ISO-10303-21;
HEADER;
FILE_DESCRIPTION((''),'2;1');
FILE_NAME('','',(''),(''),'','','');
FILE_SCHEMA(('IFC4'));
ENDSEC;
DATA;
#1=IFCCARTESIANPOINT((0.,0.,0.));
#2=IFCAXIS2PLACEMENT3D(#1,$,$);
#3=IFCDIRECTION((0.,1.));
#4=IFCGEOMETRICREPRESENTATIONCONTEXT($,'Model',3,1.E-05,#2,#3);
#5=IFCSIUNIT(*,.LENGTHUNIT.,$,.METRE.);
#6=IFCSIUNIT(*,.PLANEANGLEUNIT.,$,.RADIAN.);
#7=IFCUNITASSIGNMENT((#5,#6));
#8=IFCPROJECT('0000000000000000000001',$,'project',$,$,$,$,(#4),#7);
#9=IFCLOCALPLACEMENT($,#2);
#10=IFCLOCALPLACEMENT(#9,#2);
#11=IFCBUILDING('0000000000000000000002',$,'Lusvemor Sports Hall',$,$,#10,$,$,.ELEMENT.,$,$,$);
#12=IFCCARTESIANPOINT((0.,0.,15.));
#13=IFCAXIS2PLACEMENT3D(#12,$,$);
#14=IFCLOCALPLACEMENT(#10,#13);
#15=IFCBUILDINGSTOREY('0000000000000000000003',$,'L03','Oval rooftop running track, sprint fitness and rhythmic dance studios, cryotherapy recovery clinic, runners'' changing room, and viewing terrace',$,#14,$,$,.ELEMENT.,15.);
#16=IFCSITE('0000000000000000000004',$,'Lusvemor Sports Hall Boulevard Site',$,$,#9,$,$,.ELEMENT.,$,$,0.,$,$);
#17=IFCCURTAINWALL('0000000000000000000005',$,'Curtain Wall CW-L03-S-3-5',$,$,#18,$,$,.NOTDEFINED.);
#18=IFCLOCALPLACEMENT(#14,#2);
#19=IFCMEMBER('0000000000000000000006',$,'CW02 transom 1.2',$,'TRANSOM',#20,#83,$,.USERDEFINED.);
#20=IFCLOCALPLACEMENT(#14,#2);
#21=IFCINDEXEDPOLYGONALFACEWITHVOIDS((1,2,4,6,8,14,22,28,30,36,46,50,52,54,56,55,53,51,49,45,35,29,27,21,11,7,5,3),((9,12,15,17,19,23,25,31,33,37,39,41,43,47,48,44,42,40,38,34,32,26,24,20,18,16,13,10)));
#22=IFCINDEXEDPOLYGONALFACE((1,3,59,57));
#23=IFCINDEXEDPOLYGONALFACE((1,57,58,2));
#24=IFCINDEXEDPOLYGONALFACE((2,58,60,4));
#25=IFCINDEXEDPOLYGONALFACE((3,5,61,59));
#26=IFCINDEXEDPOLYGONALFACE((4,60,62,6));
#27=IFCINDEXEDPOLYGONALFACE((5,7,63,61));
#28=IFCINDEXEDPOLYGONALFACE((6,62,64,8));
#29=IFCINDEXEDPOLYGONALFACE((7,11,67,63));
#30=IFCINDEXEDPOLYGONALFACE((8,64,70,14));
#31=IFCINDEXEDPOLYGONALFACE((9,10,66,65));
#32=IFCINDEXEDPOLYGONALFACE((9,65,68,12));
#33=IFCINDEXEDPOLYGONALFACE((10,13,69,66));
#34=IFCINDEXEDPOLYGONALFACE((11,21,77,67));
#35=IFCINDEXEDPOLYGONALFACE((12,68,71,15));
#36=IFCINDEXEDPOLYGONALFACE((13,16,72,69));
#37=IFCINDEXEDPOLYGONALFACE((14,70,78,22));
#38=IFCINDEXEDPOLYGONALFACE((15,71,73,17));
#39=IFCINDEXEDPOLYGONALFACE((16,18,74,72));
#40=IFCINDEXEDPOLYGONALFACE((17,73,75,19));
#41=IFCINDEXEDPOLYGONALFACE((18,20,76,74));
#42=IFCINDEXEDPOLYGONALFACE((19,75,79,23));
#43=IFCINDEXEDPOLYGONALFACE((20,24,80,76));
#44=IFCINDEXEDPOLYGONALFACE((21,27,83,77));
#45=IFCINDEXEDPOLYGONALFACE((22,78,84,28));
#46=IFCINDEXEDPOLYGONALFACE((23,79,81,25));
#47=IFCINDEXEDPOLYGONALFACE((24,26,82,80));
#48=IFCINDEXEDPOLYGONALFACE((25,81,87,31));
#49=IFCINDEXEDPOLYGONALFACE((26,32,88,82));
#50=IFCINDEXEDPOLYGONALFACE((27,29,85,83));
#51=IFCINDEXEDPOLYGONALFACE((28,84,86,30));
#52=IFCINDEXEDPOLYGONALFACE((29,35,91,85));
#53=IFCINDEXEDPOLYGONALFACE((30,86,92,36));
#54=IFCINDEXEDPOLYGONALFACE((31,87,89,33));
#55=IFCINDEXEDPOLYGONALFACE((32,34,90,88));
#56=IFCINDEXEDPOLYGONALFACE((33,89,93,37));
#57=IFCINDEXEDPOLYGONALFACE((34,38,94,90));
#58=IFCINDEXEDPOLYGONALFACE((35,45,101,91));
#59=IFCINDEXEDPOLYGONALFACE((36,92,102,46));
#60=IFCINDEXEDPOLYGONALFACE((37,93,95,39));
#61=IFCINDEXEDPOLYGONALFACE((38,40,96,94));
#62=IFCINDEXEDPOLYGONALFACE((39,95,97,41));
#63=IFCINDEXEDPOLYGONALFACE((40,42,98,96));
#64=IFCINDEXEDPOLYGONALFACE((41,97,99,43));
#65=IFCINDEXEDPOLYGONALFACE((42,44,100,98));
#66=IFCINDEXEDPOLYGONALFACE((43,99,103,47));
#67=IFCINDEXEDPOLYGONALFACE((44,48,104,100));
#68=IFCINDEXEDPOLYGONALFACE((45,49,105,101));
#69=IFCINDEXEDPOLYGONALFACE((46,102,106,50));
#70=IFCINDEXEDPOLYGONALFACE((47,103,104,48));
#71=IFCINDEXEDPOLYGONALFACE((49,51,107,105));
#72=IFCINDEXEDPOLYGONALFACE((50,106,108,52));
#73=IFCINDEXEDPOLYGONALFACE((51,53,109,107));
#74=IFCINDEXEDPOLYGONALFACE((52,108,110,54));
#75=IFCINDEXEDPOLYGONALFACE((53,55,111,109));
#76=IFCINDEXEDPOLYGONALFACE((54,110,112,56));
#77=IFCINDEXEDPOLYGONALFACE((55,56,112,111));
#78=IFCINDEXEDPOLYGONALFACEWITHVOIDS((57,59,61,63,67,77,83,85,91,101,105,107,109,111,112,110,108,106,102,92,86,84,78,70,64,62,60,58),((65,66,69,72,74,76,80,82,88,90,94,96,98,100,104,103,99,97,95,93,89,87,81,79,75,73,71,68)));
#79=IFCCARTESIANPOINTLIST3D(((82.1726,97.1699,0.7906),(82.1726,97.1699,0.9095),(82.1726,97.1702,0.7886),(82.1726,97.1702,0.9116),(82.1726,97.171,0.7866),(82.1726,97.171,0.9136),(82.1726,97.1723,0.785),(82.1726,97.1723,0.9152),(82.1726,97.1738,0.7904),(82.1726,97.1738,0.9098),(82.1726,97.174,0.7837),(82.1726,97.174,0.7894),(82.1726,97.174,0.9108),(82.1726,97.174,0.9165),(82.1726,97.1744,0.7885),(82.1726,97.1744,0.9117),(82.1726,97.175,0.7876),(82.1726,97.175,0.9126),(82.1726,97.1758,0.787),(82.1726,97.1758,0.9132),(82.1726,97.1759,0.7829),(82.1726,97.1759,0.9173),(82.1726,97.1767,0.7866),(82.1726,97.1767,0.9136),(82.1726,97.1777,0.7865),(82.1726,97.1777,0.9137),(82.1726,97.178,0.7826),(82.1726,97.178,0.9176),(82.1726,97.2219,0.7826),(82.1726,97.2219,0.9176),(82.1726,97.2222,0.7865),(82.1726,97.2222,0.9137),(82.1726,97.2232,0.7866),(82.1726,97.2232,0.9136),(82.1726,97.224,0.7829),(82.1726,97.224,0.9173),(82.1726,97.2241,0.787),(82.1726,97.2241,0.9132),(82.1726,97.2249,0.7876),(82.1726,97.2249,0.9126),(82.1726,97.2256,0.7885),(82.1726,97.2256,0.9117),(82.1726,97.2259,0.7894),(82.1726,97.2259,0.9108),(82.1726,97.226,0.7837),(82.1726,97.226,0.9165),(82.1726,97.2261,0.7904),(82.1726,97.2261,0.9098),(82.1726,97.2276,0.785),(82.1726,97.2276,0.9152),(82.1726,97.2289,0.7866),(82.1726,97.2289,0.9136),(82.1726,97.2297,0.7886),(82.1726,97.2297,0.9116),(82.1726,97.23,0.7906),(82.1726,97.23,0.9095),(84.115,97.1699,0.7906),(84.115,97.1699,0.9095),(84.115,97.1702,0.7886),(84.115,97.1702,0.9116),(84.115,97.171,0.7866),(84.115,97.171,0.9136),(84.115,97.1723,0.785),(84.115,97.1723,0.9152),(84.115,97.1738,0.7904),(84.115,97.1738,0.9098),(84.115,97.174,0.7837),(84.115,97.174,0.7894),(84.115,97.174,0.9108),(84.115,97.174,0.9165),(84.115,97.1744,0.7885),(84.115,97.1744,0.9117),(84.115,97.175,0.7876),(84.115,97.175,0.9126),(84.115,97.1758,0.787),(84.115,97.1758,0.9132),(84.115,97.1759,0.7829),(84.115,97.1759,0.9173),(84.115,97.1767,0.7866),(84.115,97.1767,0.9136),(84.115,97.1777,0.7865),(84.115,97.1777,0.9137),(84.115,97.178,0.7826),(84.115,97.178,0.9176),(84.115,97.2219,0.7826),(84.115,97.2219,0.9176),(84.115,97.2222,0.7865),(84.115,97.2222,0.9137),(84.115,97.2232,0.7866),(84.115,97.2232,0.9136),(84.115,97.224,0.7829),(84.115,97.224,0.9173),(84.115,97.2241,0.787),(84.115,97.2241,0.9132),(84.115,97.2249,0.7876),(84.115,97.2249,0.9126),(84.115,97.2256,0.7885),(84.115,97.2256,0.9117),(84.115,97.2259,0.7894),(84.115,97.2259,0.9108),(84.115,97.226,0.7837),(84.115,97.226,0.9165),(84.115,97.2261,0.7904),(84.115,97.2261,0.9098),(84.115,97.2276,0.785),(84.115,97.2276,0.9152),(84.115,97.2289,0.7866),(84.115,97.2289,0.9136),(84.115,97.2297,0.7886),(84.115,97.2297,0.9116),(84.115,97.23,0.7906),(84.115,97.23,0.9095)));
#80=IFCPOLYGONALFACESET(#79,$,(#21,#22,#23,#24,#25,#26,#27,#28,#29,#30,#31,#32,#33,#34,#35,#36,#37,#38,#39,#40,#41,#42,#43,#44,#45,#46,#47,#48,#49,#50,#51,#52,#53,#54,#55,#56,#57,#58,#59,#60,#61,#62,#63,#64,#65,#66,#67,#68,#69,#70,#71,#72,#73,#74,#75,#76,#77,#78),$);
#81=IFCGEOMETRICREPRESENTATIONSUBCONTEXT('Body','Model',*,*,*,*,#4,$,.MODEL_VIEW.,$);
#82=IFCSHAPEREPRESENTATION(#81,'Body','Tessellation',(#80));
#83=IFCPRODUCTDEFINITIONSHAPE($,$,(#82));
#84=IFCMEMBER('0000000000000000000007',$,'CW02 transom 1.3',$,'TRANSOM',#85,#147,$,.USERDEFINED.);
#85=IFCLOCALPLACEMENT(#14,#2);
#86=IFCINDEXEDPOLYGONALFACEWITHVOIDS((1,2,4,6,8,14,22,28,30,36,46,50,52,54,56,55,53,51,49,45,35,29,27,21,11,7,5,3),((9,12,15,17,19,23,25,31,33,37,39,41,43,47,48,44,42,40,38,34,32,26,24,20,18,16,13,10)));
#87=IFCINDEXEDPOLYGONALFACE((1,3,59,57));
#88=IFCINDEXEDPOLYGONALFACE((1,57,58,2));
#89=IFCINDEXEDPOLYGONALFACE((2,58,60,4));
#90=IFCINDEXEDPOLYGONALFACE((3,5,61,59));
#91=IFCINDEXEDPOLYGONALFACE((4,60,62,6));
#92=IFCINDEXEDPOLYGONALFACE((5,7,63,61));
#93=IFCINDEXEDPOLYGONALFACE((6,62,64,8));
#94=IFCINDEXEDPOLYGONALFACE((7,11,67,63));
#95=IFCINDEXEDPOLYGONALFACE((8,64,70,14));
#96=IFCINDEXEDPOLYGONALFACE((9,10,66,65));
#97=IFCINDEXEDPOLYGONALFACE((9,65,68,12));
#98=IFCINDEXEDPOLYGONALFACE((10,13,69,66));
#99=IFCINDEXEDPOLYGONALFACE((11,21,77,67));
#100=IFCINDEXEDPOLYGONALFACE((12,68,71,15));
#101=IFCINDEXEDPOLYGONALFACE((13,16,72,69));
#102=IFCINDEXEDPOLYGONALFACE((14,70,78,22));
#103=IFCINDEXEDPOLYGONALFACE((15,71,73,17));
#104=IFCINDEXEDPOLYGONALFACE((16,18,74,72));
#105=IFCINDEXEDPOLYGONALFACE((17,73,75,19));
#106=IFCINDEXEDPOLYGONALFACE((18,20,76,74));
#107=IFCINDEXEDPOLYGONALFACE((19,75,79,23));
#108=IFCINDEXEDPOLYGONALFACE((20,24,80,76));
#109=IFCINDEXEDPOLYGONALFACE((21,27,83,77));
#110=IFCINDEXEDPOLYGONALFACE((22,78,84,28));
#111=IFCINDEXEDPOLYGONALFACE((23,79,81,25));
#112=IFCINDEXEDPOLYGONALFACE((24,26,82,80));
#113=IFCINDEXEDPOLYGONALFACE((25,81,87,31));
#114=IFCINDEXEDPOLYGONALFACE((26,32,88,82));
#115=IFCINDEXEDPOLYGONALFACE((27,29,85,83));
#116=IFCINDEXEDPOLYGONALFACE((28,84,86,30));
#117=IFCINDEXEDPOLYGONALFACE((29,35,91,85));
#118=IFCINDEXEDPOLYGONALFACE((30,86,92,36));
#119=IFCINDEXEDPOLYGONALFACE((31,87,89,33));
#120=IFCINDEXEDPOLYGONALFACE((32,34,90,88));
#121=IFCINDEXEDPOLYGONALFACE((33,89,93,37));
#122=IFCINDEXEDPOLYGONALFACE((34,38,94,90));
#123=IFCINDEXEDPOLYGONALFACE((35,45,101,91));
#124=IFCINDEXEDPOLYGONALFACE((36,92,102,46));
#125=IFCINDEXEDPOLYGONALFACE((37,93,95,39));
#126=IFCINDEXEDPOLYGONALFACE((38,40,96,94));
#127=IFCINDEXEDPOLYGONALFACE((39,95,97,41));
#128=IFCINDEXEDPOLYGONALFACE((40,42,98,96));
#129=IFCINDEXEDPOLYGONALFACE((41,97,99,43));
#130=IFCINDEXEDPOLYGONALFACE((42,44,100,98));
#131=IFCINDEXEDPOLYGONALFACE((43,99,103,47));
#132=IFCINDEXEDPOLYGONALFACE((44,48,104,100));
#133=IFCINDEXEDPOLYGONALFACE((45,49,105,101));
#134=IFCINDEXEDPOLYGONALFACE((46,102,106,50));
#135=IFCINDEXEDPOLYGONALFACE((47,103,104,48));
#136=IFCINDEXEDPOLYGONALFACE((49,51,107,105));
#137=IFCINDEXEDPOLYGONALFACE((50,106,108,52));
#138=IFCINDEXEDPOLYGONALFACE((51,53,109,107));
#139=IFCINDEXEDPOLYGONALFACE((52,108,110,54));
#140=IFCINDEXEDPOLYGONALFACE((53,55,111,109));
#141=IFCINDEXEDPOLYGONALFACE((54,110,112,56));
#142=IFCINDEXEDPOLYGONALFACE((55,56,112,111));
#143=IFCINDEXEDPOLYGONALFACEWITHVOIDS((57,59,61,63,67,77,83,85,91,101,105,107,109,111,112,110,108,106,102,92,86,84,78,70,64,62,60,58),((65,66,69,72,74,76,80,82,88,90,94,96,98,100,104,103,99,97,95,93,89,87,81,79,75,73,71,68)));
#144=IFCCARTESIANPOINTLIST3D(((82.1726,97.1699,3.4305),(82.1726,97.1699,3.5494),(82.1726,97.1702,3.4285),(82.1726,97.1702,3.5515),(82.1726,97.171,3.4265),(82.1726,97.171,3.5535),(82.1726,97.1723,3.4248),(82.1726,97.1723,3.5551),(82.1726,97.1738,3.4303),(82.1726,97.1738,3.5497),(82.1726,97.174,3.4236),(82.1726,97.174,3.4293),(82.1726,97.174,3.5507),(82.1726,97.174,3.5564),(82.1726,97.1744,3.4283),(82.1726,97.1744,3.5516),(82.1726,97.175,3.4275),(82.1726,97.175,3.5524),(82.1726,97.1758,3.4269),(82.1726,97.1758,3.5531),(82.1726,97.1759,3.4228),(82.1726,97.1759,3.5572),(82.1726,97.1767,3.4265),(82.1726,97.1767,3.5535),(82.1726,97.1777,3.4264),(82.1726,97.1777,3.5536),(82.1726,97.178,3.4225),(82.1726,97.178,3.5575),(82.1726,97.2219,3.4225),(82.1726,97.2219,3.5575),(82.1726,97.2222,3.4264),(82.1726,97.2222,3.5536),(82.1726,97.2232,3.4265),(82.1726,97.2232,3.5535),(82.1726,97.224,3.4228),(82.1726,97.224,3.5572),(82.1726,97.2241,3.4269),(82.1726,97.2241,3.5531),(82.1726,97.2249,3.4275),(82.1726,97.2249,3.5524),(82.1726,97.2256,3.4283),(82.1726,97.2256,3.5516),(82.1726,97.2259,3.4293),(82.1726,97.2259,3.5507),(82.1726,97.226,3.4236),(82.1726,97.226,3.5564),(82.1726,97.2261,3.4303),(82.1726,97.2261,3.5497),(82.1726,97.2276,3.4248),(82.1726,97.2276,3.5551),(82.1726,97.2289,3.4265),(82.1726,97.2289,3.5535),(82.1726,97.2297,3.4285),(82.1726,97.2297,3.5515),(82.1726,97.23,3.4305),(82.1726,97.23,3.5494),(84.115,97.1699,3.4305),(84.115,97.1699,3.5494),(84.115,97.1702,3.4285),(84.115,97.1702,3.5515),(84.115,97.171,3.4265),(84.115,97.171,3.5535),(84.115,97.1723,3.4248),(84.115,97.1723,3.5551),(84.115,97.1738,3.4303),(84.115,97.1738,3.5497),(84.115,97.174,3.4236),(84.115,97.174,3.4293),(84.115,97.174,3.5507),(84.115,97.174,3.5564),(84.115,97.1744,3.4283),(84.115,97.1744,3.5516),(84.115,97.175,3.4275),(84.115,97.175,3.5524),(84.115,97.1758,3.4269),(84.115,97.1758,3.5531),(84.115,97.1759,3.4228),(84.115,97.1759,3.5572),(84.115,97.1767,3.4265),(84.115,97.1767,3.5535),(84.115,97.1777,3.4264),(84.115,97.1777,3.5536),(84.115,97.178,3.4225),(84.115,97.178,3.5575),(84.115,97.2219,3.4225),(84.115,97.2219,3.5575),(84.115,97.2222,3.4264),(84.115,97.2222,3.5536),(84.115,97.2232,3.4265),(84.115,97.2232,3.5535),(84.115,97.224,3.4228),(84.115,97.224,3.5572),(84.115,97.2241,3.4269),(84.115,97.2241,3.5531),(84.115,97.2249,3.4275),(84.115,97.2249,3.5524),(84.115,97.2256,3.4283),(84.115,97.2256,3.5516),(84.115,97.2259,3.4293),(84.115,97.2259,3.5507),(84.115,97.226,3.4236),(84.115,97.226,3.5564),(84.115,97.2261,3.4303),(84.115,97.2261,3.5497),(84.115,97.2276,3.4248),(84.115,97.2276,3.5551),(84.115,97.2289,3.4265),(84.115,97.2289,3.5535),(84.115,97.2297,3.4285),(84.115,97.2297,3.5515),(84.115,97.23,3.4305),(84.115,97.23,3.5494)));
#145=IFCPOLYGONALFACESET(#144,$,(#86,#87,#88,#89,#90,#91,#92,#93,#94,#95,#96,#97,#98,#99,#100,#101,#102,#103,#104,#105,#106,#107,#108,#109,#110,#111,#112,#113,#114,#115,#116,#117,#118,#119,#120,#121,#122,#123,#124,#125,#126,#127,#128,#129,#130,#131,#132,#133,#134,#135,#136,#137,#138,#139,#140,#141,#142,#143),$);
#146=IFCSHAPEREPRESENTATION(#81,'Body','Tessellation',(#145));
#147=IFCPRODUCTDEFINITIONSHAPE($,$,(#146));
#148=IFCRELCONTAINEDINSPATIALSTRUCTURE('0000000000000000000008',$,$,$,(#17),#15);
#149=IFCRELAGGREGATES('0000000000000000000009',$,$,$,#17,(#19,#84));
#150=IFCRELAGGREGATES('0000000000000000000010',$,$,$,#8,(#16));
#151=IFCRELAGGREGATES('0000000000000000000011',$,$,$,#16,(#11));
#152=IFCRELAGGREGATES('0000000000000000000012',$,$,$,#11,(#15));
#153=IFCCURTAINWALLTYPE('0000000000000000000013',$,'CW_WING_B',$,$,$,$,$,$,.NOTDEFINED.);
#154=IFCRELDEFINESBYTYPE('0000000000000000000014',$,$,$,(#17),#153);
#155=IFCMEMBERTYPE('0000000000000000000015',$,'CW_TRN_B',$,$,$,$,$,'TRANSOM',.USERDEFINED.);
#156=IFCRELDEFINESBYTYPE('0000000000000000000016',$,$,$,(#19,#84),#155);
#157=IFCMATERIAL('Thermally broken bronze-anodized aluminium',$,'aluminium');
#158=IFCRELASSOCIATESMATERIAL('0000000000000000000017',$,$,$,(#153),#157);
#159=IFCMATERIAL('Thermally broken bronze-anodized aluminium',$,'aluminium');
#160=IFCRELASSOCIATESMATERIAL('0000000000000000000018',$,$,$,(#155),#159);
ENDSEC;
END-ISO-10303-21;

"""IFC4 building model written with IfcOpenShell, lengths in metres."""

from ifc_helpers import new_model, si_unit, direction, frame, origin, origin_2d, place, context, subcontext, project, spatial, hollow_rectangle, extrude, material, material_profile, profile_set, type_object, element, aggregate, save


model = new_model("IFC4")

# Units and contexts
model_context = context("Model", 3, precision=1e-05, world=origin(), true_north=direction((0.0, 1.0)))
body_context = subcontext(model_context, "Body", "Model", "MODEL_VIEW")
ifc_project = project(units=[si_unit("LENGTHUNIT", "METRE"), si_unit("PLANEANGLEUNIT", "RADIAN")], contexts=[model_context])

# Site, building, storey
site_placement = place(None, origin())
site = spatial("IfcSite", under=ifc_project, at=site_placement, Name="Lusvemor Sports Hall Boulevard Site", CompositionType="ELEMENT", RefElevation=0.0)
building_placement = place(site_placement, origin())
building = spatial("IfcBuilding", under=site, at=building_placement, Name="Lusvemor Sports Hall", CompositionType="ELEMENT")
storey_placement = place(building_placement, frame((0.0, 0.0, 15.0)))
storey = spatial("IfcBuildingStorey", under=building, at=storey_placement, Name="L03", Description="Oval rooftop running track, sprint fitness and rhythmic dance studios, cryotherapy recovery clinic, runners' changing room, and viewing terrace", CompositionType="ELEMENT", Elevation=15.0)

# Shared definitions
ifc_material_1 = material(Name="Thermally broken bronze-anodized aluminium", Category="aluminium")
curtain_wall_type = type_object("IfcCurtainWallType", Name="CW_WING_B", PredefinedType="NOTDEFINED", material=ifc_material_1)

# Curtain wall, members
curtain_wall_1_placement = place(storey_placement, origin())
curtain_wall_1 = element("IfcCurtainWall", 1, at=curtain_wall_1_placement, inside=storey, type_object=curtain_wall_type, Name="Curtain Wall CW-L03-S-3-5", PredefinedType="NOTDEFINED")
ifc_material_2 = material(Name="Thermally broken bronze-anodized aluminium", Category="aluminium")
ifc_material_profile_1 = material_profile(ifc_material_2, hollow_rectangle(XDim=0.0601, YDim=0.135, WallThickness=0.0039, InnerFilletRadius=0.0039, OuterFilletRadius=0.0081, at=origin_2d()), Name="CWTRN135x60x4")
ifc_profile_set_1 = profile_set([ifc_material_profile_1], Name="Thermally broken bronze-anodized aluminium")
member_type_1 = type_object("IfcMemberType", Name="CW_TRN_B", ElementType="TRANSOM", PredefinedType="USERDEFINED", material=ifc_profile_set_1)
member_1_placement = place(storey_placement, frame((84.115, 97.2, 0.8501), z_axis=(-1.0, 0.0, 0.0), x_axis=(0.0, -1.0, 0.0)))
member_1 = element("IfcMember", 2, at=member_1_placement, type_object=member_type_1, Name="CW02 transom 1.2", ObjectType="TRANSOM", PredefinedType="USERDEFINED", context=body_context, shape_type="SweptSolid", body=[
    extrude(hollow_rectangle(XDim=0.0601, YDim=0.135, WallThickness=0.0039, InnerFilletRadius=0.0039, OuterFilletRadius=0.0081, at=origin_2d()), origin(), (0.0, 0.0, 1.0), 1.9424),
])
member_2_placement = place(storey_placement, frame((84.115, 97.2, 3.49), z_axis=(-1.0, 0.0, 0.0), x_axis=(0.0, -1.0, 0.0)))
member_2 = element("IfcMember", 3, at=member_2_placement, type_object=member_type_1, Name="CW02 transom 1.3", ObjectType="TRANSOM", PredefinedType="USERDEFINED", context=body_context, shape_type="SweptSolid", body=[
    extrude(hollow_rectangle(XDim=0.0601, YDim=0.135, WallThickness=0.0039, InnerFilletRadius=0.0039, OuterFilletRadius=0.0081, at=origin_2d()), origin(), (0.0, 0.0, 1.0), 1.9424),
])

aggregate(curtain_wall_1, [member_1, member_2])

save(model, "model.ifc")
